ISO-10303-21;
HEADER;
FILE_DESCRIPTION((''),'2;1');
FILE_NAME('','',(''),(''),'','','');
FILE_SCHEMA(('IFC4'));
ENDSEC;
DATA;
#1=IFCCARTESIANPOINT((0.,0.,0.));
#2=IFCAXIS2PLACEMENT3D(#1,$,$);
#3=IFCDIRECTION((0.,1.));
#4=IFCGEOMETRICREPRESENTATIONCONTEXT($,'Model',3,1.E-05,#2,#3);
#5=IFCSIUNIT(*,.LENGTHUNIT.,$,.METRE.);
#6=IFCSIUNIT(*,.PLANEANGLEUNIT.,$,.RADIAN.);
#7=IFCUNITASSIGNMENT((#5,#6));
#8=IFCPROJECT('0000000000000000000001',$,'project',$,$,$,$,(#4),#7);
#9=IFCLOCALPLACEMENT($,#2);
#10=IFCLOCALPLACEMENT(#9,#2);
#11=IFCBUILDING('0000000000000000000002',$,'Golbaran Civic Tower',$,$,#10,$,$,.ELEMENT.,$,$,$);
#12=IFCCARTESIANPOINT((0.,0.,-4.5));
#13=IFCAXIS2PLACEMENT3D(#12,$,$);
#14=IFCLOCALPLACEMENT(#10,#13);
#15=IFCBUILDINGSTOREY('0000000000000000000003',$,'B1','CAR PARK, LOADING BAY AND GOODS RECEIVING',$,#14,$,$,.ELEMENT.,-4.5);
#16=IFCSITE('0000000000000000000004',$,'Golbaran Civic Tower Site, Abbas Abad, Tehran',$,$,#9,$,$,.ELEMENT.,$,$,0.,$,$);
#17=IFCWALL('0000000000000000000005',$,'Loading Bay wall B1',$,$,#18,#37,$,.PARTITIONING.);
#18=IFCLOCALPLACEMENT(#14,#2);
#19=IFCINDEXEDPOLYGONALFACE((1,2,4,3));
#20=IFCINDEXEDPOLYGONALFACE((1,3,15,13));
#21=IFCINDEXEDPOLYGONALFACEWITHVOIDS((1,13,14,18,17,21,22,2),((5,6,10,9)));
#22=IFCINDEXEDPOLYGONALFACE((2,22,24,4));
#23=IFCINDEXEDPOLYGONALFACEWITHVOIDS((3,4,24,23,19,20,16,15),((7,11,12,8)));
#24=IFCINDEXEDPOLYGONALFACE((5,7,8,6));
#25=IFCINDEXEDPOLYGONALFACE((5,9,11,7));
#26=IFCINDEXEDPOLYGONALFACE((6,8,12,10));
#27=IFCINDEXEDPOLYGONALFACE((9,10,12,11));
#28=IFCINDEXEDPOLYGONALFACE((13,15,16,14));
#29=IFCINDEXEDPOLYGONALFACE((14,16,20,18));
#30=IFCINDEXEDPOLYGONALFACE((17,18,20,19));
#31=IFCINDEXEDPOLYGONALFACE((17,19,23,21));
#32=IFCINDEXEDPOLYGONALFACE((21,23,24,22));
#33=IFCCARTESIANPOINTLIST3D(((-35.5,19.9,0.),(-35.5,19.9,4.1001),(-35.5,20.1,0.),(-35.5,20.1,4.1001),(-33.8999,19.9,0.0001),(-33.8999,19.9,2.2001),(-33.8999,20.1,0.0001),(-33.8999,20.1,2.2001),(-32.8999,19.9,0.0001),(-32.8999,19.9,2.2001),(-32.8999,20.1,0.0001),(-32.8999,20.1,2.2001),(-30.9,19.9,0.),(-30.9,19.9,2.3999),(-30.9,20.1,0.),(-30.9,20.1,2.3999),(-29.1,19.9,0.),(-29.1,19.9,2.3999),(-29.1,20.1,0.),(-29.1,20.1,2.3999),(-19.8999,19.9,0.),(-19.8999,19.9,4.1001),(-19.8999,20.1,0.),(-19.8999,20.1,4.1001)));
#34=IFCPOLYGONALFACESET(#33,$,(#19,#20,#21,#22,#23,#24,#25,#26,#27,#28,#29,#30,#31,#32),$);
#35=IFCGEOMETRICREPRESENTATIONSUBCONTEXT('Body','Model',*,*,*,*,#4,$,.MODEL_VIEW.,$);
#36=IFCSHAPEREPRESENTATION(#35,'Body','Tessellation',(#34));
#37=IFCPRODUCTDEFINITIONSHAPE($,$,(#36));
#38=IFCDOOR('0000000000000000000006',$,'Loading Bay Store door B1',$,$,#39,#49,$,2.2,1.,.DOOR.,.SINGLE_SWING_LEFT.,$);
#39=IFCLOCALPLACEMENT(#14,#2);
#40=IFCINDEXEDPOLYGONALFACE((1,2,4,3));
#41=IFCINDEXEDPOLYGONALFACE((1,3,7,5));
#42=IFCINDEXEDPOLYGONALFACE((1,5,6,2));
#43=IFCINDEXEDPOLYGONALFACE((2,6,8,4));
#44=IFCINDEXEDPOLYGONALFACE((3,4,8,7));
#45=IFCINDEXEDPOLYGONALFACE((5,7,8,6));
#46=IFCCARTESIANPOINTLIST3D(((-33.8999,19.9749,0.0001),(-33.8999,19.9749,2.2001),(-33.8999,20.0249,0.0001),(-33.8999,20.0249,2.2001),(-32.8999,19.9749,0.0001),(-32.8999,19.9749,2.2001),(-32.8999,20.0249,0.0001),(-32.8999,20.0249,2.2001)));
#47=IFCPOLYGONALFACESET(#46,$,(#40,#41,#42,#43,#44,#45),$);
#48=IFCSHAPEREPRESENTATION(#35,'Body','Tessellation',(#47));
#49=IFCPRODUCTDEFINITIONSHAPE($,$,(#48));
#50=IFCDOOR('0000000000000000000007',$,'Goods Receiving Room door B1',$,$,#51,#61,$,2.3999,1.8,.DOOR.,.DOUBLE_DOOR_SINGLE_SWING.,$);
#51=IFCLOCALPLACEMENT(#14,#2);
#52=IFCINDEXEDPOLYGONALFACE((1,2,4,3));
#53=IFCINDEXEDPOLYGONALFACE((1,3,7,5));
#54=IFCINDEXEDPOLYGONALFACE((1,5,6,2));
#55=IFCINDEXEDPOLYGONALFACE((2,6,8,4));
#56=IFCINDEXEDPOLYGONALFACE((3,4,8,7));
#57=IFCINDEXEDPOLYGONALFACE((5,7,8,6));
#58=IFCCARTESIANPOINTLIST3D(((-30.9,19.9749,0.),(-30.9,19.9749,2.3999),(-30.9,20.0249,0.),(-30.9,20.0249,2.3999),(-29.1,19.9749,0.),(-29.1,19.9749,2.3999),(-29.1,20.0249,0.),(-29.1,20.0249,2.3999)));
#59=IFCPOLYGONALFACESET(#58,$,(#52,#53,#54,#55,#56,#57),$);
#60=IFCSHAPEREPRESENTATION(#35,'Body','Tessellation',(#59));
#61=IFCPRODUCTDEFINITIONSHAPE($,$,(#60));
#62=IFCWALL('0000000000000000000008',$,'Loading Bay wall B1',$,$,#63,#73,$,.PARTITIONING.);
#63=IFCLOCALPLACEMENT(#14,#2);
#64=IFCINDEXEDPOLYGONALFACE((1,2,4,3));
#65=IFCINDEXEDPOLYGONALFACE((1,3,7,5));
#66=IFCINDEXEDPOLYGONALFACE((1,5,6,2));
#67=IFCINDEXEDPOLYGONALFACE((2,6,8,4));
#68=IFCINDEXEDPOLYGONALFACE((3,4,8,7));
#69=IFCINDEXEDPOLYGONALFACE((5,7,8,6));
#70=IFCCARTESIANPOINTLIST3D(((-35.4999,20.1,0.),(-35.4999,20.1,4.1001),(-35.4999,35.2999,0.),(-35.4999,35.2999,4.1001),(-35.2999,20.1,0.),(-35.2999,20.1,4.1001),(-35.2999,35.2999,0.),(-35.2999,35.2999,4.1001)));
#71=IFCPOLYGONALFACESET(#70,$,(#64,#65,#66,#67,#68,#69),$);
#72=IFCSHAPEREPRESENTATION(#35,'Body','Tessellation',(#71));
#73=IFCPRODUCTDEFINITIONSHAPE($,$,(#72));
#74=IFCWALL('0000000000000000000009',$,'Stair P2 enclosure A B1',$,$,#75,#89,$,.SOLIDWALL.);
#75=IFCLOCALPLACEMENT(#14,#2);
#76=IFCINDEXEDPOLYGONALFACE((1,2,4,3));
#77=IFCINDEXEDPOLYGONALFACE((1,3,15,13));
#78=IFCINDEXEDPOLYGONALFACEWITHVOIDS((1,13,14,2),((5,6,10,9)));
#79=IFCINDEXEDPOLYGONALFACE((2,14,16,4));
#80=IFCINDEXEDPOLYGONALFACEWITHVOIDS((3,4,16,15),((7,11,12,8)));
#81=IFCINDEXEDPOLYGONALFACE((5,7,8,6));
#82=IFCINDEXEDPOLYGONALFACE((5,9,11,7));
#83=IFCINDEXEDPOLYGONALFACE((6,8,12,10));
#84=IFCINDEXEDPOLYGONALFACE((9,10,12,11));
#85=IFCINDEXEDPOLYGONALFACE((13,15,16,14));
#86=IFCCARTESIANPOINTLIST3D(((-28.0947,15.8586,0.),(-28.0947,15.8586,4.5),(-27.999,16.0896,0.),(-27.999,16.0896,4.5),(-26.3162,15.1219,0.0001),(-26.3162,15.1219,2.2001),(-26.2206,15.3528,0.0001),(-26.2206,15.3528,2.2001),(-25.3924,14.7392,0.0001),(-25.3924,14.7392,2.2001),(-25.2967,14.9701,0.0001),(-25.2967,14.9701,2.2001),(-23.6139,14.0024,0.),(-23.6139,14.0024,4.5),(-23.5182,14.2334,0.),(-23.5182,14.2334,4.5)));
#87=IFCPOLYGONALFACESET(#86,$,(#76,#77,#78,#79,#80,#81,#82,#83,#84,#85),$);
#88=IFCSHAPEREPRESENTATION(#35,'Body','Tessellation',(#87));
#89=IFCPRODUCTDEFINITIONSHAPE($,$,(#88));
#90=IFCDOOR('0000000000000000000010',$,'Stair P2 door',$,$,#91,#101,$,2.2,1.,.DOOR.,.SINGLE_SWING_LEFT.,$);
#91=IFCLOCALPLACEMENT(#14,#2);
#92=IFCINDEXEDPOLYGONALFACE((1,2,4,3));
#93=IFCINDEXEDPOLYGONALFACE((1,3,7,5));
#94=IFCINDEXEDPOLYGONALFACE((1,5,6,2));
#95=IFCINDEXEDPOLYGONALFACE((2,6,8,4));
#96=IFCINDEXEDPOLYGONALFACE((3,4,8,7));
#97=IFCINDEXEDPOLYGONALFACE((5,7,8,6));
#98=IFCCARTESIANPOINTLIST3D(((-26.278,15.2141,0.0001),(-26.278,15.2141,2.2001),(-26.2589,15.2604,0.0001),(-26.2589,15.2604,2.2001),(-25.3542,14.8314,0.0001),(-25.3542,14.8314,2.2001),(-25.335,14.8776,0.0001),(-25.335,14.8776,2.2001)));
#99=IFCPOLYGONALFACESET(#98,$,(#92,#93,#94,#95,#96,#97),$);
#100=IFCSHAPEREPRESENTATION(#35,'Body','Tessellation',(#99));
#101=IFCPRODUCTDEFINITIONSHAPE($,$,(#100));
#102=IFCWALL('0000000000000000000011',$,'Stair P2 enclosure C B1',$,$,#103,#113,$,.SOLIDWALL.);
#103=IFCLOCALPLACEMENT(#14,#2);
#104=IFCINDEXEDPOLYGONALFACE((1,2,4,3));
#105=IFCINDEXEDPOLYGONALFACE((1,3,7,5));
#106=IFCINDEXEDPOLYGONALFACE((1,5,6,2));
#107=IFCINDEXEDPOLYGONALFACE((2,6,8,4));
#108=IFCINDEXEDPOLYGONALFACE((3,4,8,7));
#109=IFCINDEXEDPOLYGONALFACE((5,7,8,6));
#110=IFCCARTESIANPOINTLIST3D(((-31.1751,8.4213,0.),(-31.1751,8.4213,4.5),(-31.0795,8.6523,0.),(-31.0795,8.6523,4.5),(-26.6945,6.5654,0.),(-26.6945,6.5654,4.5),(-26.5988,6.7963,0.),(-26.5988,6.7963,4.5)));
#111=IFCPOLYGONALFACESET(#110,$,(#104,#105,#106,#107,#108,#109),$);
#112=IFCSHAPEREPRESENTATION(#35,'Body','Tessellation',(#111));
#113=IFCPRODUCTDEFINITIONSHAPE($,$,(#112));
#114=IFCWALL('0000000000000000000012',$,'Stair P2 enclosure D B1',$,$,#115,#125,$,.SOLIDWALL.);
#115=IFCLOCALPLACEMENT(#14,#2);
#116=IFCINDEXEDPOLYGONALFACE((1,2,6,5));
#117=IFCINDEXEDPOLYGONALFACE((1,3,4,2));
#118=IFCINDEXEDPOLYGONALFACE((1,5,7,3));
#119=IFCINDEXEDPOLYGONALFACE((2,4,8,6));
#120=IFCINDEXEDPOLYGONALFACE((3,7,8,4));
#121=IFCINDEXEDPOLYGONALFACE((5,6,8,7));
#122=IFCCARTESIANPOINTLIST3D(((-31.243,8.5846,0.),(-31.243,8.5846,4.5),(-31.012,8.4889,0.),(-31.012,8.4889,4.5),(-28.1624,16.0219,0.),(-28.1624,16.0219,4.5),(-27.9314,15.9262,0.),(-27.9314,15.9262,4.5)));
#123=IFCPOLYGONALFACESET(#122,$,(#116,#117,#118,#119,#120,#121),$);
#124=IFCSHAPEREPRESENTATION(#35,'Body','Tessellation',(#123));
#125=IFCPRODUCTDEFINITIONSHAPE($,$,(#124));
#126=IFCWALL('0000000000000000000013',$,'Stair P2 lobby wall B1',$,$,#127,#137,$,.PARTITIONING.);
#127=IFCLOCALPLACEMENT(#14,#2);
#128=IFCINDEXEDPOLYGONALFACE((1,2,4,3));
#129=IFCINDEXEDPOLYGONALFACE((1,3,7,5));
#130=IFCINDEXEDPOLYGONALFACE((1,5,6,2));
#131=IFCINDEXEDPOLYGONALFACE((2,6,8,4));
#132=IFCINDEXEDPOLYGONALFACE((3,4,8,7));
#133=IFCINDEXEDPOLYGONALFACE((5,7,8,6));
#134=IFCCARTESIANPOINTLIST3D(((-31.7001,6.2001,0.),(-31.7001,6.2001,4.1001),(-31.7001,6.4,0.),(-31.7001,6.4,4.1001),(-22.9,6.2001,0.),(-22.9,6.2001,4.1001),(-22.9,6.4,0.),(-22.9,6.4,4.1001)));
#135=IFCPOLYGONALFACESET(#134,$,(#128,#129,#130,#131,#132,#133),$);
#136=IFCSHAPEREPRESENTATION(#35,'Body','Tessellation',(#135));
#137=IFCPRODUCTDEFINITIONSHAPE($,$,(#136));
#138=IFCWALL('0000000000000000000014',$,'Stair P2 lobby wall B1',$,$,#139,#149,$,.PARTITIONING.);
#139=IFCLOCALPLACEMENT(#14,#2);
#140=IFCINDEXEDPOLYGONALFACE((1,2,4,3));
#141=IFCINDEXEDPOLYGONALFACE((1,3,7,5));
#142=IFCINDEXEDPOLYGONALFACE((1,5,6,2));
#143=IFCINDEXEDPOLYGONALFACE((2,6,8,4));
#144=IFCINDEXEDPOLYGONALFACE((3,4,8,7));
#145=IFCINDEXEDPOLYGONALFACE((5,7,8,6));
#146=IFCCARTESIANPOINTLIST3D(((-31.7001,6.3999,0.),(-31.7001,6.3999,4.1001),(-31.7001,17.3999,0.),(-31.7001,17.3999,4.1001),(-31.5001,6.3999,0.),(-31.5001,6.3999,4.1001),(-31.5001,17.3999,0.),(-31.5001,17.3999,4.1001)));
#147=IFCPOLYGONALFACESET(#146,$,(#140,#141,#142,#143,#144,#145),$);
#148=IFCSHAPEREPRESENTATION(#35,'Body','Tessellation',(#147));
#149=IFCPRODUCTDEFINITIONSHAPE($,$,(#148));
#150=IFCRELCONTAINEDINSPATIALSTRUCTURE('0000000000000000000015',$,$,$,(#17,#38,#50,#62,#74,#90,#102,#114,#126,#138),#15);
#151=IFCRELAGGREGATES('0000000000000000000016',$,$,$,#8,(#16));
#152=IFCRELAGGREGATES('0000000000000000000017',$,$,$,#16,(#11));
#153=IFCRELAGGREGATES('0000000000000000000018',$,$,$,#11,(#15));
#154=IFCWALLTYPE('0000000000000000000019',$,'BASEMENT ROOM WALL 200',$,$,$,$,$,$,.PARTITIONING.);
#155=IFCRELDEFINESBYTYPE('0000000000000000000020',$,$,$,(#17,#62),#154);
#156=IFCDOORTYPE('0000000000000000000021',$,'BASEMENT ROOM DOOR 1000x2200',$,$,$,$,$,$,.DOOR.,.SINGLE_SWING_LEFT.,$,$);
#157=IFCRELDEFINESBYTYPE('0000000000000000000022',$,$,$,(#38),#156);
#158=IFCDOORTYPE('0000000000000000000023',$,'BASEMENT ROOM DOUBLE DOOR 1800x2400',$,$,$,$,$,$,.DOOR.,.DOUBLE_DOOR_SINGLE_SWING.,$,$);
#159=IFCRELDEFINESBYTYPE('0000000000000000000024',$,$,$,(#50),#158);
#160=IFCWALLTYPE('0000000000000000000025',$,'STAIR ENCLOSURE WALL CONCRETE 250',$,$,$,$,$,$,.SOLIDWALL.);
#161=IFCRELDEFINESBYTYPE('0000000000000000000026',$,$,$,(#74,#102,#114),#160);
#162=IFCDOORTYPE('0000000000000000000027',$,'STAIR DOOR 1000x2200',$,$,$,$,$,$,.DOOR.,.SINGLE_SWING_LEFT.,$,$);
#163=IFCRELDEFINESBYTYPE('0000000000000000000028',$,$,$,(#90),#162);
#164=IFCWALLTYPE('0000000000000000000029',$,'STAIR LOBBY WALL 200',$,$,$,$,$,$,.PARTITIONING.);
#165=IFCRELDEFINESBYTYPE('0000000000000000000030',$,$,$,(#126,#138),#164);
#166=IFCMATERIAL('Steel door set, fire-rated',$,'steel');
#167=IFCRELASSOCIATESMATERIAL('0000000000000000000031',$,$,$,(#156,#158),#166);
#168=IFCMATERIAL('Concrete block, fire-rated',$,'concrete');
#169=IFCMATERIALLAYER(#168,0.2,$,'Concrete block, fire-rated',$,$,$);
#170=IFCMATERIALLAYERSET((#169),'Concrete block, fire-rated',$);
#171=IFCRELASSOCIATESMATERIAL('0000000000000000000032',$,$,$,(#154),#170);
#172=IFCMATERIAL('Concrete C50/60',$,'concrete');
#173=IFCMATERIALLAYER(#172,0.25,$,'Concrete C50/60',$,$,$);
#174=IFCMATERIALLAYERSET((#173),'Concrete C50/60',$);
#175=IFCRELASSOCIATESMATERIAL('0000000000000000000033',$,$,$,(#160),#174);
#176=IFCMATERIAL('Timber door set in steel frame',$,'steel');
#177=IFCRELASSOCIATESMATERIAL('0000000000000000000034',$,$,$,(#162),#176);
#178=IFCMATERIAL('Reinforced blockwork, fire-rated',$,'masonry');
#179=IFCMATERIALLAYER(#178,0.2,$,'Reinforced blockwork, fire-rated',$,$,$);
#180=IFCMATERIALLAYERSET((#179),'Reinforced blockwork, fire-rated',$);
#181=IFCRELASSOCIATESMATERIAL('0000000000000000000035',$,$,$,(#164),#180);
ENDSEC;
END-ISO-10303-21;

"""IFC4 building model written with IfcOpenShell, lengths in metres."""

from ifc_helpers import new_model, si_unit, direction, frame, frame_2d, origin, place, context, subcontext, project, spatial, rectangle, extrude, material, layer, layer_set, type_object, element, fill, save


model = new_model("IFC4")

# Units and contexts
model_context = context("Model", 3, precision=1e-05, world=origin(), true_north=direction((0.0, 1.0)))
body_context = subcontext(model_context, "Body", "Model", "MODEL_VIEW")
ifc_project = project(units=[si_unit("LENGTHUNIT", "METRE"), si_unit("PLANEANGLEUNIT", "RADIAN")], contexts=[model_context])

# Site, building, storey
site_placement = place(None, origin())
site = spatial("IfcSite", under=ifc_project, at=site_placement, Name="Golbaran Civic Tower Site, Abbas Abad, Tehran", CompositionType="ELEMENT", RefElevation=0.0)
building_placement = place(site_placement, origin())
building = spatial("IfcBuilding", under=site, at=building_placement, Name="Golbaran Civic Tower", CompositionType="ELEMENT")
storey_placement = place(building_placement, frame((0.0, 0.0, -4.5)))
storey = spatial("IfcBuildingStorey", under=building, at=storey_placement, Name="B1", Description="CAR PARK, LOADING BAY AND GOODS RECEIVING", CompositionType="ELEMENT", Elevation=-4.5)

# Shared definitions
ifc_material_1 = material(Name="Concrete C50/60", Category="concrete")

# Shared definitions
ifc_material_2 = material(Name="Concrete block, fire-rated", Category="concrete")
ifc_material_3 = material(Name="Steel door set, fire-rated", Category="steel")
door_type_1 = type_object("IfcDoorType", Name="BASEMENT ROOM DOOR 1000x2200", OperationType="SINGLE_SWING_LEFT", PredefinedType="DOOR", material=ifc_material_3)

# Wall, openings, doors
ifc_layer_1 = layer(ifc_material_2, 0.2, Name="Concrete block, fire-rated")
ifc_layer_set_1 = layer_set([ifc_layer_1], Name="Concrete block, fire-rated")
wall_type_1 = type_object("IfcWallType", Name="BASEMENT ROOM WALL 200", PredefinedType="PARTITIONING", material=ifc_layer_set_1)
wall_1_placement = place(storey_placement, frame((-35.5, 20.0, 0.0), z_axis=(0.0, 0.0, 1.0), x_axis=(1.0, 0.0, 0.0)))
wall_1 = element("IfcWall", 1, at=wall_1_placement, inside=storey, type_object=wall_type_1, Name="Loading Bay wall B1", PredefinedType="PARTITIONING", context=body_context, shape_type="SweptSolid", body=[
    extrude(rectangle(XDim=15.6001, YDim=0.2, at=frame_2d((7.8, 0.0))), origin(), (0.0, 0.0, 1.0), 4.1001),
])
opening_1_placement = place(wall_1_placement, frame((4.6001, 0.0, 0.0)))
opening_1 = element("IfcOpeningElement", 2, at=opening_1_placement, cuts=wall_1, PredefinedType="OPENING", context=body_context, shape_type="SweptSolid", body=[
    extrude(rectangle(XDim=1.8, YDim=2.3999, at=frame_2d((0.8999, 1.2))), frame((0.0, 0.1099, 0.0), z_axis=(0.0, -1.0, 0.0), x_axis=(1.0, 0.0, 0.0)), (0.0, 0.0, 1.0), 0.22),
])
opening_2_placement = place(wall_1_placement, frame((1.6001, 0.0, 0.0)))
opening_2 = element("IfcOpeningElement", 3, at=opening_2_placement, cuts=wall_1, PredefinedType="OPENING", context=body_context, shape_type="SweptSolid", body=[
    extrude(rectangle(XDim=1.0, YDim=2.2, at=frame_2d((0.5, 1.1001))), frame((0.0, 0.1099, 0.0), z_axis=(0.0, -1.0, 0.0), x_axis=(1.0, 0.0, 0.0)), (0.0, 0.0, 1.0), 0.22),
])
door_1_placement = place(opening_2_placement, origin())
door_1 = element("IfcDoor", 4, at=door_1_placement, inside=storey, type_object=door_type_1, Name="Loading Bay Store door B1", OperationType="SINGLE_SWING_LEFT", OverallHeight=2.2, OverallWidth=1.0, PredefinedType="DOOR", context=body_context, shape_type="SweptSolid", body=[
    extrude(rectangle(XDim=1.0, YDim=2.2, at=frame_2d((0.5, 1.1001))), frame((0.0, 0.0249, 0.0), z_axis=(0.0, -1.0, 0.0), x_axis=(1.0, 0.0, 0.0)), (0.0, 0.0, 1.0), 0.05),
])
fill(opening_2, door_1)
door_type_2 = type_object("IfcDoorType", Name="BASEMENT ROOM DOUBLE DOOR 1800x2400", OperationType="DOUBLE_DOOR_SINGLE_SWING", PredefinedType="DOOR", material=ifc_material_3)
door_2_placement = place(opening_1_placement, origin())
door_2 = element("IfcDoor", 5, at=door_2_placement, inside=storey, type_object=door_type_2, Name="Goods Receiving Room door B1", OperationType="DOUBLE_DOOR_SINGLE_SWING", OverallHeight=2.3999, OverallWidth=1.8, PredefinedType="DOOR", context=body_context, shape_type="SweptSolid", body=[
    extrude(rectangle(XDim=1.8, YDim=2.3999, at=frame_2d((0.8999, 1.2))), frame((0.0, 0.0249, 0.0), z_axis=(0.0, -1.0, 0.0), x_axis=(1.0, 0.0, 0.0)), (0.0, 0.0, 1.0), 0.05),
])
fill(opening_1, door_2)

# Wall
wall_2_placement = place(storey_placement, frame((-35.3999, 35.3, 0.0), z_axis=(0.0, 0.0, 1.0), x_axis=(0.0, -1.0, 0.0)))
element("IfcWall", 6, at=wall_2_placement, inside=storey, type_object=wall_type_1, Name="Loading Bay wall B1", PredefinedType="PARTITIONING", context=body_context, shape_type="SweptSolid", body=[
    extrude(rectangle(XDim=15.2, YDim=0.2, at=frame_2d((7.6001, 0.0))), origin(), (0.0, 0.0, 1.0), 4.1001),
])

# Wall, opening, door
ifc_layer_2 = layer(ifc_material_1, 0.25, Name="Concrete C50/60")
ifc_layer_set_2 = layer_set([ifc_layer_2], Name="Concrete C50/60")
wall_type_2 = type_object("IfcWallType", Name="STAIR ENCLOSURE WALL CONCRETE 250", PredefinedType="SOLIDWALL", material=ifc_layer_set_2)
wall_3_placement = place(storey_placement, frame((-28.0469, 15.9741, 0.0), z_axis=(0.0, 0.0, 1.0), x_axis=(0.923863, -0.382724, 0.0)))
wall_3 = element("IfcWall", 7, at=wall_3_placement, inside=storey, type_object=wall_type_2, Name="Stair P2 enclosure A B1", PredefinedType="SOLIDWALL", context=body_context, shape_type="SweptSolid", body=[
    extrude(rectangle(XDim=4.8501, YDim=0.25, at=frame_2d((2.425, 0.0))), origin(), (0.0, 0.0, 1.0), 4.5),
])
opening_3_placement = place(wall_3_placement, frame((1.925, 0.0, 0.0)))
opening_3 = element("IfcOpeningElement", 8, at=opening_3_placement, cuts=wall_3, PredefinedType="OPENING", context=body_context, shape_type="SweptSolid", body=[
    extrude(rectangle(XDim=1.0, YDim=2.2, at=frame_2d((0.5, 1.1001))), frame((0.0, 0.135, 0.0), z_axis=(0.0, -1.0, 0.0), x_axis=(1.0, 0.0, 0.0)), (0.0, 0.0, 1.0), 0.27),
])
ifc_material_4 = material(Name="Timber door set in steel frame", Category="steel")
door_type_3 = type_object("IfcDoorType", Name="STAIR DOOR 1000x2200", OperationType="SINGLE_SWING_LEFT", PredefinedType="DOOR", material=ifc_material_4)
door_3_placement = place(opening_3_placement, origin())
door_3 = element("IfcDoor", 9, at=door_3_placement, inside=storey, type_object=door_type_3, Name="Stair P2 door", OperationType="SINGLE_SWING_LEFT", OverallHeight=2.2, OverallWidth=1.0, PredefinedType="DOOR", context=body_context, shape_type="SweptSolid", body=[
    extrude(rectangle(XDim=1.0, YDim=2.2, at=frame_2d((0.5, 1.1001))), frame((0.0, 0.0249, 0.0), z_axis=(0.0, -1.0, 0.0), x_axis=(1.0, 0.0, 0.0)), (0.0, 0.0, 1.0), 0.05),
])
fill(opening_3, door_3)

# Walls
wall_4_placement = place(storey_placement, frame((-26.6467, 6.6809, 0.0), z_axis=(0.0, 0.0, 1.0), x_axis=(-0.923881, 0.382681, 0.0)))
element("IfcWall", 10, at=wall_4_placement, inside=storey, type_object=wall_type_2, Name="Stair P2 enclosure C B1", PredefinedType="SOLIDWALL", context=body_context, shape_type="SweptSolid", body=[
    extrude(rectangle(XDim=4.8499, YDim=0.25, at=frame_2d((2.4248, 0.0))), origin(), (0.0, 0.0, 1.0), 4.5),
])
wall_5_placement = place(storey_placement, frame((-31.1274, 8.5369, 0.0), z_axis=(0.0, 0.0, 1.0), x_axis=(0.382679, 0.923882, 0.0)))
element("IfcWall", 11, at=wall_5_placement, inside=storey, type_object=wall_type_2, Name="Stair P2 enclosure D B1", PredefinedType="SOLIDWALL", context=body_context, shape_type="SweptSolid", body=[
    extrude(rectangle(XDim=8.05, YDim=0.25, at=frame_2d((4.0249, 0.0))), origin(), (0.0, 0.0, 1.0), 4.5),
])
ifc_material_5 = material(Name="Reinforced blockwork, fire-rated", Category="masonry")
ifc_layer_3 = layer(ifc_material_5, 0.2, Name="Reinforced blockwork, fire-rated")
ifc_layer_set_3 = layer_set([ifc_layer_3], Name="Reinforced blockwork, fire-rated")
wall_type_3 = type_object("IfcWallType", Name="STAIR LOBBY WALL 200", PredefinedType="PARTITIONING", material=ifc_layer_set_3)
wall_6_placement = place(storey_placement, frame((-31.7, 6.3, 0.0), z_axis=(0.0, 0.0, 1.0), x_axis=(1.0, 0.0, 0.0)))
element("IfcWall", 12, at=wall_6_placement, inside=storey, type_object=wall_type_3, Name="Stair P2 lobby wall B1", PredefinedType="PARTITIONING", context=body_context, shape_type="SweptSolid", body=[
    extrude(rectangle(XDim=8.8, YDim=0.2, at=frame_2d((4.3999, 0.0))), origin(), (0.0, 0.0, 1.0), 4.1001),
])
wall_7_placement = place(storey_placement, frame((-31.6001, 17.3999, 0.0), z_axis=(0.0, 0.0, 1.0), x_axis=(0.0, -1.0, 0.0)))
element("IfcWall", 13, at=wall_7_placement, inside=storey, type_object=wall_type_3, Name="Stair P2 lobby wall B1", PredefinedType="PARTITIONING", context=body_context, shape_type="SweptSolid", body=[
    extrude(rectangle(XDim=11.0, YDim=0.2, at=frame_2d((5.5, 0.0))), origin(), (0.0, 0.0, 1.0), 4.1001),
])

save(model, "model.ifc")
